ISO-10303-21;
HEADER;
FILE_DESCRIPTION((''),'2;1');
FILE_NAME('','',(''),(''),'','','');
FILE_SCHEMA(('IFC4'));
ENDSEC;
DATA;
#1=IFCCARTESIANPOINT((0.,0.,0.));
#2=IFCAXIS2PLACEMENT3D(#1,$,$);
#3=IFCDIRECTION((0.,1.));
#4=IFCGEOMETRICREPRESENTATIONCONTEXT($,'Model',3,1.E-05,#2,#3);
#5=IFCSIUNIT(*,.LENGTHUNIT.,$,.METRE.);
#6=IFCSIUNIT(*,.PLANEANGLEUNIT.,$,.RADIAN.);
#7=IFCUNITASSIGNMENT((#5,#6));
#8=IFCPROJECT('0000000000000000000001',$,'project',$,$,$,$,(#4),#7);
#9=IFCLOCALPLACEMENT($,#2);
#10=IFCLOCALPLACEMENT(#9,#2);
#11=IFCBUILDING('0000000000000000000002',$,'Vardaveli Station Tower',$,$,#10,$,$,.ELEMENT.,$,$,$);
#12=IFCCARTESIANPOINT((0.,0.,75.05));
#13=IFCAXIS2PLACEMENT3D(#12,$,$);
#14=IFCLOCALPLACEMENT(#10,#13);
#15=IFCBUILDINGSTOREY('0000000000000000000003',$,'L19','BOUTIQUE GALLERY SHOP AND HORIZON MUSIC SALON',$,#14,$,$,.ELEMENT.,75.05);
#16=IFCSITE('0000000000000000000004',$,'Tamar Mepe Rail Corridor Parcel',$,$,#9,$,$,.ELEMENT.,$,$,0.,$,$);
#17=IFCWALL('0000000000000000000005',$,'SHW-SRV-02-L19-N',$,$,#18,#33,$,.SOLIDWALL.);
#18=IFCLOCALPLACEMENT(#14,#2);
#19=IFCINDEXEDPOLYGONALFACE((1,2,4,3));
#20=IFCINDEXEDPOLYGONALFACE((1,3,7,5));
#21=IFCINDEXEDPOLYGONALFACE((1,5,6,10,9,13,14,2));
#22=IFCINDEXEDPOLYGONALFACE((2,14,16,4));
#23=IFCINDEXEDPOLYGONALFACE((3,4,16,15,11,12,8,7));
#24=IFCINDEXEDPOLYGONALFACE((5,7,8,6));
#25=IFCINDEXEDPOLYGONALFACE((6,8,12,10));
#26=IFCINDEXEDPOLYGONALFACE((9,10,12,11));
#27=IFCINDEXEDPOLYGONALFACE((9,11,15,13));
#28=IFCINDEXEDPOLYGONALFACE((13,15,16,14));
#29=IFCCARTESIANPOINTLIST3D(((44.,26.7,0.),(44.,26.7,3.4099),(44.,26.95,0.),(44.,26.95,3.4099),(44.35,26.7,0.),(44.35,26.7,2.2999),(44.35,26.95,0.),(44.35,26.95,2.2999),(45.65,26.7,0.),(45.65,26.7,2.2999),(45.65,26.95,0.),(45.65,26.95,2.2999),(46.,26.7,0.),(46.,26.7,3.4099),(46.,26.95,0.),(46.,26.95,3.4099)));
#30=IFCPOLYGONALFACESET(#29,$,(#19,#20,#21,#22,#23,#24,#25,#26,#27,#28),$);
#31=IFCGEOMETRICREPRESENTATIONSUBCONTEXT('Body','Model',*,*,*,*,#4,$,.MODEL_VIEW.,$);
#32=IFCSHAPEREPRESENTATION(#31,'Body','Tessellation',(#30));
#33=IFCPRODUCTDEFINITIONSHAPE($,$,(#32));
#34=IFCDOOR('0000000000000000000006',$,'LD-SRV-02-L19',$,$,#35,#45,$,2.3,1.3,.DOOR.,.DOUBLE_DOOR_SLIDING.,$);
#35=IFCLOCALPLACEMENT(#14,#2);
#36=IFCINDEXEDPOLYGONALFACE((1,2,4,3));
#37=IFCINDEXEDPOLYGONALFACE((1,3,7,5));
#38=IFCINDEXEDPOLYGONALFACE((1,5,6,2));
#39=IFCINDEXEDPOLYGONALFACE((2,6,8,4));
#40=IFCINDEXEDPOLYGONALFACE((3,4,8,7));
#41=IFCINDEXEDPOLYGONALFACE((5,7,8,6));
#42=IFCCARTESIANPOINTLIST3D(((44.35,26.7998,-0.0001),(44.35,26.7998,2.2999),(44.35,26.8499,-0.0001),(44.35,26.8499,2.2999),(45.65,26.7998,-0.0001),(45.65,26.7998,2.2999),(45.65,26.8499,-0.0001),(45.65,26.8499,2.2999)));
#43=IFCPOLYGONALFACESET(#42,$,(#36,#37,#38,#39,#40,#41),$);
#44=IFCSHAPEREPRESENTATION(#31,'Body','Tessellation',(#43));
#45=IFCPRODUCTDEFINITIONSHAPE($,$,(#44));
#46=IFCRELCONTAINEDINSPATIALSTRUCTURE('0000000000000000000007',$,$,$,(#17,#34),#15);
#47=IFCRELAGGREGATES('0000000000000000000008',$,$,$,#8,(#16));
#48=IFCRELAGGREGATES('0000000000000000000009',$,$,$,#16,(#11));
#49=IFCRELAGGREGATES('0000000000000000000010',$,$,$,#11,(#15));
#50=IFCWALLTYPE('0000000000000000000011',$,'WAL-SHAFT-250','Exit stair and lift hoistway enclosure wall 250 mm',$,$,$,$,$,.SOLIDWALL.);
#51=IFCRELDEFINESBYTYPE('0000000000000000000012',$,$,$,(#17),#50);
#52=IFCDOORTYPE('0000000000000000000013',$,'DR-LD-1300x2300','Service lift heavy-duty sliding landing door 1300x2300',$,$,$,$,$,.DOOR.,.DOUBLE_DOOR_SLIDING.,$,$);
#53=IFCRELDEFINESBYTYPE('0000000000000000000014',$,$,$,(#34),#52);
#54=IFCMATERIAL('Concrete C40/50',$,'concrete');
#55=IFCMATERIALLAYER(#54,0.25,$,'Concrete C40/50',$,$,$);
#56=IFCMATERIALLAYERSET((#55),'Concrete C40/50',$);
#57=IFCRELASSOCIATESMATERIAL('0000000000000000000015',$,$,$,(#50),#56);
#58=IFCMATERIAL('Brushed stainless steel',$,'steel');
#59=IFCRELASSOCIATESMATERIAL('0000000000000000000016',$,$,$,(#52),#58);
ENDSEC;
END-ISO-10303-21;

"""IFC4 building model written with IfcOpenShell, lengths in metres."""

from ifc_helpers import new_model, si_unit, direction, frame, frame_2d, origin, place, context, subcontext, project, spatial, rectangle, extrude, source, transform, mapped, material, layer, layer_set, type_object, element, fill, save


model = new_model("IFC4")

# Units and contexts
model_context = context("Model", 3, precision=1e-05, world=origin(), true_north=direction((0.0, 1.0)))
body_context = subcontext(model_context, "Body", "Model", "MODEL_VIEW")
ifc_project = project(units=[si_unit("LENGTHUNIT", "METRE"), si_unit("PLANEANGLEUNIT", "RADIAN")], contexts=[model_context])

# Site, building, storey
site_placement = place(None, origin())
site = spatial("IfcSite", under=ifc_project, at=site_placement, Name="Tamar Mepe Rail Corridor Parcel", CompositionType="ELEMENT", RefElevation=0.0)
building_placement = place(site_placement, origin())
building = spatial("IfcBuilding", under=site, at=building_placement, Name="Vardaveli Station Tower", CompositionType="ELEMENT")
storey_placement = place(building_placement, frame((0.0, 0.0, 75.05)))
storey = spatial("IfcBuildingStorey", under=building, at=storey_placement, Name="L19", Description="BOUTIQUE GALLERY SHOP AND HORIZON MUSIC SALON", CompositionType="ELEMENT", Elevation=75.05)

# Shared definitions
ifc_material_1 = material(Name="Concrete C40/50", Category="concrete")
ifc_layer_1 = layer(ifc_material_1, 0.25, Name="Concrete C40/50")
ifc_layer_set_1 = layer_set([ifc_layer_1], Name="Concrete C40/50")
wall_type_1 = type_object("IfcWallType", Name="WAL-SHAFT-250", Description="Exit stair and lift hoistway enclosure wall 250 mm", PredefinedType="SOLIDWALL", material=ifc_layer_set_1)
shared_shape_1 = source(origin(), body_context, "Body", "SweptSolid", [
    extrude(rectangle(XDim=1.3, YDim=2.3, at=frame_2d((0.6499, 1.1499))), frame((0.0, 0.135, 0.0), z_axis=(0.0, -1.0, 0.0), x_axis=(1.0, 0.0, 0.0)), (0.0, 0.0, 1.0), 0.27),
])
ifc_material_2 = material(Name="Brushed stainless steel", Category="steel")
door_type = type_object("IfcDoorType", Name="DR-LD-1300x2300", Description="Service lift heavy-duty sliding landing door 1300x2300", OperationType="DOUBLE_DOOR_SLIDING", PredefinedType="DOOR", material=ifc_material_2)
shared_shape_2 = source(origin(), body_context, "Body", "SweptSolid", [
    extrude(rectangle(XDim=1.3, YDim=2.3, at=frame_2d((0.6499, 1.1499))), frame((0.0, 0.0249, 0.0), z_axis=(0.0, -1.0, 0.0), x_axis=(1.0, 0.0, 0.0)), (0.0, 0.0, 1.0), 0.05),
])

# Shared definitions
shared_shape_3 = source(origin(), body_context, "Body", "SweptSolid", [
    extrude(rectangle(XDim=2.0, YDim=0.25, at=frame_2d((1.0, 0.0))), origin(), (0.0, 0.0, 1.0), 3.4099),
])

# Wall, opening, door
wall_1_placement = place(storey_placement, frame((44.0, 26.825, 0.0), z_axis=(0.0, 0.0, 1.0), x_axis=(1.0, 0.0, 0.0)))
wall_1 = element("IfcWall", 1, at=wall_1_placement, inside=storey, type_object=wall_type_1, Name="SHW-SRV-02-L19-N", PredefinedType="SOLIDWALL", context=body_context, shape_type="MappedRepresentation", body=[
    mapped(shared_shape_3, transform((0.0, 0.0, 0.0), scale=1.0)),
])
opening_1_placement = place(wall_1_placement, frame((0.3501, 0.0, 0.0)))
opening_1 = element("IfcOpeningElement", 2, at=opening_1_placement, cuts=wall_1, PredefinedType="OPENING", context=body_context, shape_type="MappedRepresentation", body=[
    mapped(shared_shape_1, transform((0.0, 0.0, 0.0), scale=1.0)),
])
door_1_placement = place(opening_1_placement, origin())
door_1 = element("IfcDoor", 3, at=door_1_placement, inside=storey, type_object=door_type, Name="LD-SRV-02-L19", OperationType="DOUBLE_DOOR_SLIDING", OverallHeight=2.3, OverallWidth=1.3, PredefinedType="DOOR", context=body_context, shape_type="MappedRepresentation", body=[
    mapped(shared_shape_2, transform((0.0, 0.0, 0.0), scale=1.0)),
])
fill(opening_1, door_1)

save(model, "model.ifc")
